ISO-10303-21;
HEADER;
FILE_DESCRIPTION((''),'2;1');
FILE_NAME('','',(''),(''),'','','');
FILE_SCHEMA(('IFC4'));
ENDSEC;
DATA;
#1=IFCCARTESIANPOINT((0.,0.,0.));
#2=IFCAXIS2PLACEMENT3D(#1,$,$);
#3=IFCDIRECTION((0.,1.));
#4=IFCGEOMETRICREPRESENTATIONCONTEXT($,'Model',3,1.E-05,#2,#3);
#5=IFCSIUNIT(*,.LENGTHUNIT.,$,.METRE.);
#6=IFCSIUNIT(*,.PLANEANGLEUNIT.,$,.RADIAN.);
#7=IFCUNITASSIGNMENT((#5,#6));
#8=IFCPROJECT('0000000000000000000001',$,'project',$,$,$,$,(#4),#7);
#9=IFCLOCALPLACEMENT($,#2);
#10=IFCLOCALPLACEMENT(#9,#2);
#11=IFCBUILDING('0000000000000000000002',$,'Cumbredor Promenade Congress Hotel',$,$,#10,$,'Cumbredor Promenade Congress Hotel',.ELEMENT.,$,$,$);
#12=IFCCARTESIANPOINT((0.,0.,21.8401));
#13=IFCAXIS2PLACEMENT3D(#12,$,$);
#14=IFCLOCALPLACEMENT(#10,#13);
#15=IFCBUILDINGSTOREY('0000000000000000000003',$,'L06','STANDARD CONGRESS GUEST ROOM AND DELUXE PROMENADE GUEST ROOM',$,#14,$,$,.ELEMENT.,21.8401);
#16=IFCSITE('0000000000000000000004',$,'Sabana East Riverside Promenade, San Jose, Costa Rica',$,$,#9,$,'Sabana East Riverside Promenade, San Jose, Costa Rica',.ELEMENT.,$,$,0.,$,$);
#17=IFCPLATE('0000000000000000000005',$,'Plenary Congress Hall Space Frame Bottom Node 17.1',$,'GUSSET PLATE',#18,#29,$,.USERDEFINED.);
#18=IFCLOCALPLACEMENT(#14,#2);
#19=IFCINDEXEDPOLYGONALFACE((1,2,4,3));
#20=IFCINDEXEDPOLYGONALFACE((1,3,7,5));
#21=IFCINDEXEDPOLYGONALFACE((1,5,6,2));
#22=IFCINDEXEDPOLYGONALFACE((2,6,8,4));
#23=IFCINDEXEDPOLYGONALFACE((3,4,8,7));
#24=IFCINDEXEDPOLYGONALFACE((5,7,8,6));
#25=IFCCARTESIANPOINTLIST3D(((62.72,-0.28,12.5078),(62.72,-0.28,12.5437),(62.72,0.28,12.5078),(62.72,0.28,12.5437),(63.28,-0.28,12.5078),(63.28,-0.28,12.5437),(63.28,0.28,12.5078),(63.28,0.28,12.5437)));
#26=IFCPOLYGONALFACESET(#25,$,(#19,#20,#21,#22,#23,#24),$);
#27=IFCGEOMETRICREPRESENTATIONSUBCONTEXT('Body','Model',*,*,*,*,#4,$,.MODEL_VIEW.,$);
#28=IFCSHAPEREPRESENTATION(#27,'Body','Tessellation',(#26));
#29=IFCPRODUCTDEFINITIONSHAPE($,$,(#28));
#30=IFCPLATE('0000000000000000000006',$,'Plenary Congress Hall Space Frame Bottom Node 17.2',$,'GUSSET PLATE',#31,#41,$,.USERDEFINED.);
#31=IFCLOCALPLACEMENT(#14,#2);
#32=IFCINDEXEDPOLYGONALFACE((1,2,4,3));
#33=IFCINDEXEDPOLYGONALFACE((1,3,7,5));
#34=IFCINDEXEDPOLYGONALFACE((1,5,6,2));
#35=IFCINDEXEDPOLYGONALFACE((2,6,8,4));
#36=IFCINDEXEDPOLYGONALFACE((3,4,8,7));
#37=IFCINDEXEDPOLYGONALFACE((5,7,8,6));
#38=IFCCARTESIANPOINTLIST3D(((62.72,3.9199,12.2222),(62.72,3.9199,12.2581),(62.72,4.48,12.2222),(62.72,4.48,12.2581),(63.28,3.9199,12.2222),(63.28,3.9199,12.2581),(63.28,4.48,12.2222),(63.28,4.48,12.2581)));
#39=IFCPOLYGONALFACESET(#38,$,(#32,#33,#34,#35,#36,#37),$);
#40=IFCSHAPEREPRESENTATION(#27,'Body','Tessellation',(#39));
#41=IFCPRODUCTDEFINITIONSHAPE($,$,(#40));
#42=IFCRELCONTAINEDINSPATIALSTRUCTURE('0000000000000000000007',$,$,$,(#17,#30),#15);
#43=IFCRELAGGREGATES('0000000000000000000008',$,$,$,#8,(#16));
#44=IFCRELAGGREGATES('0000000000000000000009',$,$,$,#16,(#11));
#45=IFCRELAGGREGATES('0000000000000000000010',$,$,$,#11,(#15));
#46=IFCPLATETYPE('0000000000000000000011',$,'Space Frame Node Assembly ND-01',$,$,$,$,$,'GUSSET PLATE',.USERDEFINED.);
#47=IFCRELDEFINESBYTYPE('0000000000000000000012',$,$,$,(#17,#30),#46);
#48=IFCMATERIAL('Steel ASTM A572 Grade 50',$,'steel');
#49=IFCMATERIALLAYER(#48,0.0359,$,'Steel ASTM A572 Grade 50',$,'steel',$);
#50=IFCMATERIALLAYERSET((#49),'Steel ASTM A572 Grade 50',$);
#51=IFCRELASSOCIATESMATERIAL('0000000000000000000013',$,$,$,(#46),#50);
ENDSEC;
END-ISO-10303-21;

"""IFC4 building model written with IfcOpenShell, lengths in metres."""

from ifc_helpers import new_model, si_unit, direction, frame, origin, origin_2d, place, context, subcontext, project, spatial, rectangle, extrude, material, layer, layer_set, type_object, element, save


model = new_model("IFC4")

# Units and contexts
model_context = context("Model", 3, precision=1e-05, world=origin(), true_north=direction((0.0, 1.0)))
body_context = subcontext(model_context, "Body", "Model", "MODEL_VIEW")
ifc_project = project(units=[si_unit("LENGTHUNIT", "METRE"), si_unit("PLANEANGLEUNIT", "RADIAN")], contexts=[model_context])

# Site, building, storey
site_placement = place(None, origin())
site = spatial("IfcSite", under=ifc_project, at=site_placement, Name="Sabana East Riverside Promenade, San Jose, Costa Rica", LongName="Sabana East Riverside Promenade, San Jose, Costa Rica", CompositionType="ELEMENT", RefElevation=0.0)
building_placement = place(site_placement, origin())
building = spatial("IfcBuilding", under=site, at=building_placement, Name="Cumbredor Promenade Congress Hotel", LongName="Cumbredor Promenade Congress Hotel", CompositionType="ELEMENT")
storey_placement = place(building_placement, frame((0.0, 0.0, 21.8401)))
storey = spatial("IfcBuildingStorey", under=building, at=storey_placement, Name="L06", Description="STANDARD CONGRESS GUEST ROOM AND DELUXE PROMENADE GUEST ROOM", CompositionType="ELEMENT", Elevation=21.8401)

# Plates
ifc_material_1 = material(Name="Steel ASTM A572 Grade 50", Category="steel")
ifc_layer_1 = layer(ifc_material_1, 0.0359, Name="Steel ASTM A572 Grade 50", Category="steel")
ifc_layer_set_1 = layer_set([ifc_layer_1], Name="Steel ASTM A572 Grade 50")
plate_type_1 = type_object("IfcPlateType", Name="Space Frame Node Assembly ND-01", ElementType="GUSSET PLATE", PredefinedType="USERDEFINED", material=ifc_layer_set_1)
for number, where, z_axis, x_axis, name in (
    (1, (63.0, 0.0, 12.5078), (0.0, 0.0, 1.0), (1.0, 0.0, 0.0), "Plenary Congress Hall Space Frame Bottom Node 17.1"),
    (2, (63.0, 4.2, 12.2222), (0.0, 0.0, 1.0), (1.0, 0.0, 0.0), "Plenary Congress Hall Space Frame Bottom Node 17.2"),
):
    element("IfcPlate", number, at=place(storey_placement, frame(where, z_axis=z_axis, x_axis=x_axis)), inside=storey, type_object=plate_type_1, Name=name, ObjectType="GUSSET PLATE", PredefinedType="USERDEFINED", context=body_context, shape_type="SweptSolid", body=[
        extrude(rectangle(XDim=0.5601, YDim=0.5601, at=origin_2d()), origin(), (0.0, 0.0, 1.0), 0.0359),
    ])

save(model, "model.ifc")
